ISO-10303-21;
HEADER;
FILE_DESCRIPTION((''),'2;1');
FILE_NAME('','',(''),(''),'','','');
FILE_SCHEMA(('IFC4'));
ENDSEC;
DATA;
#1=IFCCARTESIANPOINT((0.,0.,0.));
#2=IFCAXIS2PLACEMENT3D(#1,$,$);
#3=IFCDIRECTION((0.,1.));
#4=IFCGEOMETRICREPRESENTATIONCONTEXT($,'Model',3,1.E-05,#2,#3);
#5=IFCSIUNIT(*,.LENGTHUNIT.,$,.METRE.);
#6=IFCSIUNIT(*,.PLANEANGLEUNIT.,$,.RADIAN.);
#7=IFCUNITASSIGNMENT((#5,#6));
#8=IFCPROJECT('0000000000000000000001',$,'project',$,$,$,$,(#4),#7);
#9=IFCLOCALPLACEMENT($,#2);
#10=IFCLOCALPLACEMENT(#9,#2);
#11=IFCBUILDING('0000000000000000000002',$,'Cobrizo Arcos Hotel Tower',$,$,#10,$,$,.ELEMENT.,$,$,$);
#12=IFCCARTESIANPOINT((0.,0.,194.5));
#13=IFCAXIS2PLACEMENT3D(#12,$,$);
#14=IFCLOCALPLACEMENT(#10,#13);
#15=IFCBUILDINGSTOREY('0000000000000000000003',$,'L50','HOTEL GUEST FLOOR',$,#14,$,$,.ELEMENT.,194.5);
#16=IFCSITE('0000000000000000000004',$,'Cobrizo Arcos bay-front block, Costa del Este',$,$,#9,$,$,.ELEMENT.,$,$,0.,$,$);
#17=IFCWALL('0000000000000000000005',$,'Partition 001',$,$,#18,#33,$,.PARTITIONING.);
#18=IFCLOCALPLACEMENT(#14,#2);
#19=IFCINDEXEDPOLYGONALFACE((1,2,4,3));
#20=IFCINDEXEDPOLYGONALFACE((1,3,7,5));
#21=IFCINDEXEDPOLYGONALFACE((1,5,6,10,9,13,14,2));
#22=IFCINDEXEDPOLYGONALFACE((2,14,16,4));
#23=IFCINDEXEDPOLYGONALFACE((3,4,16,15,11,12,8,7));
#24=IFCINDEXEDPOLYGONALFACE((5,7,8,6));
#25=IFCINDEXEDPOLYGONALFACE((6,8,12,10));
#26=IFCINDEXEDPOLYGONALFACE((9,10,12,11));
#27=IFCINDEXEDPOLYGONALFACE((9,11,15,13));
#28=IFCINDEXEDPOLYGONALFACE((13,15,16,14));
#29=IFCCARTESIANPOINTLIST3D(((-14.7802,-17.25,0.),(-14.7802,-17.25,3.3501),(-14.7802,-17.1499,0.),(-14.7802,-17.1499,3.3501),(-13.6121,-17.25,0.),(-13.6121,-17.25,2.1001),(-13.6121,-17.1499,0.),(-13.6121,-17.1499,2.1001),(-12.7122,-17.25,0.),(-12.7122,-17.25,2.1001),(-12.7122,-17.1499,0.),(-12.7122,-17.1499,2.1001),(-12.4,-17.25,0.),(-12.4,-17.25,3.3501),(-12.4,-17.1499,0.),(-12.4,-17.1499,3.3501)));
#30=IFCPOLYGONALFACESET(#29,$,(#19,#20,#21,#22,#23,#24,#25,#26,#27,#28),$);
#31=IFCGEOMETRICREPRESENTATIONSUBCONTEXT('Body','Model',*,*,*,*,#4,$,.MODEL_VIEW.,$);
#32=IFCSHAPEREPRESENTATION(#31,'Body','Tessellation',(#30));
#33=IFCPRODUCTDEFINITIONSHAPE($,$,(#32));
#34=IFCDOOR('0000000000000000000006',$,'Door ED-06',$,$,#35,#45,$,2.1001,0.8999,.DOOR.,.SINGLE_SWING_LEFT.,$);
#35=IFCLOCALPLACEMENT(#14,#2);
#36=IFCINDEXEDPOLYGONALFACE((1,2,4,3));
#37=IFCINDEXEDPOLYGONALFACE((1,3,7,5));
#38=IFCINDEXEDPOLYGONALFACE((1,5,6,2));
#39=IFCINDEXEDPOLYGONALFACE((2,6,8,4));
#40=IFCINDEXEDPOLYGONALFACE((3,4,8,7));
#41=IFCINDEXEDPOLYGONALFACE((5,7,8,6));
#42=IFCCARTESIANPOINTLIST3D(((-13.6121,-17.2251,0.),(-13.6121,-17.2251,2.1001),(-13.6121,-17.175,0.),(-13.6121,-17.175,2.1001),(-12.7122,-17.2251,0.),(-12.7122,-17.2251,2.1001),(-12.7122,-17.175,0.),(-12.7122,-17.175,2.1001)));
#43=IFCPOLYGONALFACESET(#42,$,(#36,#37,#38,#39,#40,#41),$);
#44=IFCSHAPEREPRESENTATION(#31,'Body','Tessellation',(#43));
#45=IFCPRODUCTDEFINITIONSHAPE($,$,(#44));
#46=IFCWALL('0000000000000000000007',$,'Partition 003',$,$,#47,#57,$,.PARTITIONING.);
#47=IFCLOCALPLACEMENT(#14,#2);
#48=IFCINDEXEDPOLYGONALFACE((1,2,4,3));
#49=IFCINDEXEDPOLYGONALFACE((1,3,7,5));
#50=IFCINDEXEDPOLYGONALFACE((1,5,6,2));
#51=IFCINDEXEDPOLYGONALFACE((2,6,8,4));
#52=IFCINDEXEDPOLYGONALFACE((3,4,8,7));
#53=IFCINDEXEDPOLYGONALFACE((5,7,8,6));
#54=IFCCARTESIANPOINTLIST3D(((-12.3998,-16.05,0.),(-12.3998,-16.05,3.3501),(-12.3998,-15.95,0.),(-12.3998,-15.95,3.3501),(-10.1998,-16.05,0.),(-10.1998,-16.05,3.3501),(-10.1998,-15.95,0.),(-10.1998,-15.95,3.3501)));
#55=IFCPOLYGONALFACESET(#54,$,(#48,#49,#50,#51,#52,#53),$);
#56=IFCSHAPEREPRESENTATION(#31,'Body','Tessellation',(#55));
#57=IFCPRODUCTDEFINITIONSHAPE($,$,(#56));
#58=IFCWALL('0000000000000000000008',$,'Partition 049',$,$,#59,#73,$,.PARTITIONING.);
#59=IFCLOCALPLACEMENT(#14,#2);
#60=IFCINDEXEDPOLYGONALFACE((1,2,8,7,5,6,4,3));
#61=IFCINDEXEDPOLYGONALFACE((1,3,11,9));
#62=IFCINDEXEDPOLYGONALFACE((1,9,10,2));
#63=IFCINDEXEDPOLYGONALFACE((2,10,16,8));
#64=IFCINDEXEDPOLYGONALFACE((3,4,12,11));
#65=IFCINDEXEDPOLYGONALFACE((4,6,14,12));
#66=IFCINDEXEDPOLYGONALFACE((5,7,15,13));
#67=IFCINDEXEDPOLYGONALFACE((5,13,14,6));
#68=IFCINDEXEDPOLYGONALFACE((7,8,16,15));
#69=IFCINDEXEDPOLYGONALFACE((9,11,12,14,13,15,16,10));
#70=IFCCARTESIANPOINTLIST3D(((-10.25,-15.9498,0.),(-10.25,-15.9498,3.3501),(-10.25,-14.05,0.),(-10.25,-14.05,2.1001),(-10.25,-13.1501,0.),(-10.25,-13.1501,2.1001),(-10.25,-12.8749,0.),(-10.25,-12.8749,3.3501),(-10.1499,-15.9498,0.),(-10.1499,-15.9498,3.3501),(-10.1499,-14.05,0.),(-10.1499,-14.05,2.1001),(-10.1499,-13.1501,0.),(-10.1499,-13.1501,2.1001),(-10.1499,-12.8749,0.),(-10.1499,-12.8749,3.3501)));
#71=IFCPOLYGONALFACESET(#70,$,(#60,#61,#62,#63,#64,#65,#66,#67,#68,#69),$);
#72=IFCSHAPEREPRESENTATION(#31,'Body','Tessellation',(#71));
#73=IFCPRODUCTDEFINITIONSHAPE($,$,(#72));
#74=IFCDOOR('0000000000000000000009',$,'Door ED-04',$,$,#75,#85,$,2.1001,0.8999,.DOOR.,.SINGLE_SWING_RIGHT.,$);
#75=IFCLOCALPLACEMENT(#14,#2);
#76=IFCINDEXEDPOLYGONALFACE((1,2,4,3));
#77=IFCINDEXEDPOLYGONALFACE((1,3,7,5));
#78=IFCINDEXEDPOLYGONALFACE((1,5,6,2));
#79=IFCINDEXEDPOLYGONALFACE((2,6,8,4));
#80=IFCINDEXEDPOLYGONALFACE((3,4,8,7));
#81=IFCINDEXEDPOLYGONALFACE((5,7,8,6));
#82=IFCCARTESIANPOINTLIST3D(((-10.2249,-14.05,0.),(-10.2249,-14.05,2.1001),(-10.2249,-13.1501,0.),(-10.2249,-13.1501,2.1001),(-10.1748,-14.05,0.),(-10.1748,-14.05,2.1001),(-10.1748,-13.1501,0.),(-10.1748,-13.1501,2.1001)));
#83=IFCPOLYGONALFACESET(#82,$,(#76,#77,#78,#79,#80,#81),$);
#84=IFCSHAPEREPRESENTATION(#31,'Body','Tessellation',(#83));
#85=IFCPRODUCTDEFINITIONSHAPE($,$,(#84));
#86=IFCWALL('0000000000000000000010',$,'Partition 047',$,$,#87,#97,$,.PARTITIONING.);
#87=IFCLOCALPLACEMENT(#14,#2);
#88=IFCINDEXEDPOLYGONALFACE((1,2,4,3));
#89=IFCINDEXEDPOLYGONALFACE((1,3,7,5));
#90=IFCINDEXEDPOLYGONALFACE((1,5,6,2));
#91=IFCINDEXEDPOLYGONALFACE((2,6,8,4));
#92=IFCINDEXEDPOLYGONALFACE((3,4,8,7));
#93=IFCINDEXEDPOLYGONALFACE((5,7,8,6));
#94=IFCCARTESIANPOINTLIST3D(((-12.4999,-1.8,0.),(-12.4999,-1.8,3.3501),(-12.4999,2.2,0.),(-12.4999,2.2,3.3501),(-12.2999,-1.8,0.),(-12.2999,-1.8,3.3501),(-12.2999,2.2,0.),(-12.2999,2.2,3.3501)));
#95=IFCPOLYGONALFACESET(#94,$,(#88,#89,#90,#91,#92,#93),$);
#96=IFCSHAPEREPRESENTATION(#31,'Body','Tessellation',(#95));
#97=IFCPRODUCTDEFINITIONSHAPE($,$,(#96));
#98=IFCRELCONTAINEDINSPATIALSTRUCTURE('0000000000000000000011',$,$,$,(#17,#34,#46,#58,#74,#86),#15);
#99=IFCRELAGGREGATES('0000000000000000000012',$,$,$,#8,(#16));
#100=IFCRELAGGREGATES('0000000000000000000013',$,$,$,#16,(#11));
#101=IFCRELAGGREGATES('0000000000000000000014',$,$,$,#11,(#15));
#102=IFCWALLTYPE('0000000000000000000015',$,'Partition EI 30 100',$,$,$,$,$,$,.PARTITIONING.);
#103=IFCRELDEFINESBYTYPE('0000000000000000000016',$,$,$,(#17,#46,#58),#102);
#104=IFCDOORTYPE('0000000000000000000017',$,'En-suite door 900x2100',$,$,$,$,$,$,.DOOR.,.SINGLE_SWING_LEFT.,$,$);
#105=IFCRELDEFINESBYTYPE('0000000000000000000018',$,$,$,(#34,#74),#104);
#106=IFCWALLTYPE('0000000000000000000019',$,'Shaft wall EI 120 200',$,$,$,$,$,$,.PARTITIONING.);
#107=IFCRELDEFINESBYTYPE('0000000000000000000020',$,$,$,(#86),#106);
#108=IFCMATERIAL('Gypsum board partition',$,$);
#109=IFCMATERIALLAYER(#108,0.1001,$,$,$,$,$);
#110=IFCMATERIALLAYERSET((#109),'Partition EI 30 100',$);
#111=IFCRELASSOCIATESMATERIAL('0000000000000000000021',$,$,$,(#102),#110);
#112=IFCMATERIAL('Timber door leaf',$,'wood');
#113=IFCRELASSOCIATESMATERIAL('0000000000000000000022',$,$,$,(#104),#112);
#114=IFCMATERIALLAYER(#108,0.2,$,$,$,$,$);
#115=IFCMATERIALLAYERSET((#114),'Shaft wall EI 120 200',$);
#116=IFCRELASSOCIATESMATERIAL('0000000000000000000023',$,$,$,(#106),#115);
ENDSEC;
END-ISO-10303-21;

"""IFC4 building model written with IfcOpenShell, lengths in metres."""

from ifc_helpers import new_model, si_unit, direction, frame, frame_2d, origin, place, context, subcontext, project, spatial, rectangle, extrude, material, layer, layer_set, type_object, element, fill, save


model = new_model("IFC4")

# Units and contexts
model_context = context("Model", 3, precision=1e-05, world=origin(), true_north=direction((0.0, 1.0)))
body_context = subcontext(model_context, "Body", "Model", "MODEL_VIEW")
ifc_project = project(units=[si_unit("LENGTHUNIT", "METRE"), si_unit("PLANEANGLEUNIT", "RADIAN")], contexts=[model_context])

# Site, building, storey
site_placement = place(None, origin())
site = spatial("IfcSite", under=ifc_project, at=site_placement, Name="Cobrizo Arcos bay-front block, Costa del Este", CompositionType="ELEMENT", RefElevation=0.0)
building_placement = place(site_placement, origin())
building = spatial("IfcBuilding", under=site, at=building_placement, Name="Cobrizo Arcos Hotel Tower", CompositionType="ELEMENT")
storey_placement = place(building_placement, frame((0.0, 0.0, 194.5)))
storey = spatial("IfcBuildingStorey", under=building, at=storey_placement, Name="L50", Description="HOTEL GUEST FLOOR", CompositionType="ELEMENT", Elevation=194.5)

# Shared definitions
ifc_material_1 = material(Name="Gypsum board partition")

# Wall, opening, door
ifc_layer_1 = layer(ifc_material_1, 0.1001)
ifc_layer_set_1 = layer_set([ifc_layer_1], Name="Partition EI 30 100")
wall_type_1 = type_object("IfcWallType", Name="Partition EI 30 100", PredefinedType="PARTITIONING", material=ifc_layer_set_1)
wall_1_placement = place(storey_placement, frame((-14.78, -17.2, 0.0), z_axis=(0.0, 0.0, 1.0), x_axis=(1.0, 0.0, 0.0)))
wall_1 = element("IfcWall", 1, at=wall_1_placement, inside=storey, type_object=wall_type_1, Name="Partition 001", PredefinedType="PARTITIONING", context=body_context, shape_type="SweptSolid", body=[
    extrude(rectangle(XDim=2.3801, YDim=0.1001, at=frame_2d((1.1899, 0.0))), origin(), (0.0, 0.0, 1.0), 3.3501),
])
opening_1_placement = place(wall_1_placement, frame((1.168, 0.0, 0.0)))
opening_1 = element("IfcOpeningElement", 2, at=opening_1_placement, cuts=wall_1, PredefinedType="OPENING", context=body_context, shape_type="SweptSolid", body=[
    extrude(rectangle(XDim=0.8999, YDim=2.1001, at=frame_2d((0.45, 1.05))), frame((0.0, 0.062, 0.0), z_axis=(0.0, -1.0, 0.0), x_axis=(1.0, 0.0, 0.0)), (0.0, 0.0, 1.0), 0.124),
])
ifc_material_2 = material(Name="Timber door leaf", Category="wood")
door_type = type_object("IfcDoorType", Name="En-suite door 900x2100", OperationType="SINGLE_SWING_LEFT", PredefinedType="DOOR", material=ifc_material_2)
door_1_placement = place(opening_1_placement, origin())
door_1 = element("IfcDoor", 3, at=door_1_placement, inside=storey, type_object=door_type, Name="Door ED-06", OperationType="SINGLE_SWING_LEFT", OverallHeight=2.1001, OverallWidth=0.8999, PredefinedType="DOOR", context=body_context, shape_type="SweptSolid", body=[
    extrude(rectangle(XDim=0.8999, YDim=2.1001, at=frame_2d((0.45, 1.05))), frame((0.0, 0.0249, 0.0), z_axis=(0.0, -1.0, 0.0), x_axis=(1.0, 0.0, 0.0)), (0.0, 0.0, 1.0), 0.05),
])
fill(opening_1, door_1)

# Wall
wall_2_placement = place(storey_placement, frame((-12.3999, -16.0, 0.0), z_axis=(0.0, 0.0, 1.0), x_axis=(1.0, 0.0, 0.0)))
element("IfcWall", 4, at=wall_2_placement, inside=storey, type_object=wall_type_1, Name="Partition 003", PredefinedType="PARTITIONING", context=body_context, shape_type="SweptSolid", body=[
    extrude(rectangle(XDim=2.2, YDim=0.1001, at=frame_2d((1.1001, 0.0))), origin(), (0.0, 0.0, 1.0), 3.3501),
])

# Wall, opening, door
wall_3_placement = place(storey_placement, frame((-10.2, -15.95, 0.0), z_axis=(0.0, 0.0, 1.0), x_axis=(0.0, 1.0, 0.0)))
wall_3 = element("IfcWall", 5, at=wall_3_placement, inside=storey, type_object=wall_type_1, Name="Partition 049", PredefinedType="PARTITIONING", context=body_context, shape_type="SweptSolid", body=[
    extrude(rectangle(XDim=3.075, YDim=0.1001, at=frame_2d((1.5376, 0.0))), origin(), (0.0, 0.0, 1.0), 3.3501),
])
opening_2_placement = place(wall_3_placement, frame((1.8999, 0.0, 0.0)))
opening_2 = element("IfcOpeningElement", 6, at=opening_2_placement, cuts=wall_3, PredefinedType="OPENING", context=body_context, shape_type="SweptSolid", body=[
    extrude(rectangle(XDim=0.8999, YDim=2.1001, at=frame_2d((0.45, 1.05))), frame((0.0, 0.062, 0.0), z_axis=(0.0, -1.0, 0.0), x_axis=(1.0, 0.0, 0.0)), (0.0, 0.0, 1.0), 0.124),
])
door_2_placement = place(opening_2_placement, origin())
door_2 = element("IfcDoor", 7, at=door_2_placement, inside=storey, type_object=door_type, Name="Door ED-04", OperationType="SINGLE_SWING_RIGHT", OverallHeight=2.1001, OverallWidth=0.8999, PredefinedType="DOOR", context=body_context, shape_type="SweptSolid", body=[
    extrude(rectangle(XDim=0.8999, YDim=2.1001, at=frame_2d((0.45, 1.05))), frame((0.0, 0.0249, 0.0), z_axis=(0.0, -1.0, 0.0), x_axis=(1.0, 0.0, 0.0)), (0.0, 0.0, 1.0), 0.05),
])
fill(opening_2, door_2)

# Wall
ifc_layer_2 = layer(ifc_material_1, 0.2)
ifc_layer_set_2 = layer_set([ifc_layer_2], Name="Shaft wall EI 120 200")
wall_type_2 = type_object("IfcWallType", Name="Shaft wall EI 120 200", PredefinedType="PARTITIONING", material=ifc_layer_set_2)
wall_4_placement = place(storey_placement, frame((-12.3999, -1.8, 0.0), z_axis=(0.0, 0.0, 1.0), x_axis=(0.0, 1.0, 0.0)))
element("IfcWall", 8, at=wall_4_placement, inside=storey, type_object=wall_type_2, Name="Partition 047", PredefinedType="PARTITIONING", context=body_context, shape_type="SweptSolid", body=[
    extrude(rectangle(XDim=4.0, YDim=0.2, at=frame_2d((2.0, 0.0))), origin(), (0.0, 0.0, 1.0), 3.3501),
])

save(model, "model.ifc")
